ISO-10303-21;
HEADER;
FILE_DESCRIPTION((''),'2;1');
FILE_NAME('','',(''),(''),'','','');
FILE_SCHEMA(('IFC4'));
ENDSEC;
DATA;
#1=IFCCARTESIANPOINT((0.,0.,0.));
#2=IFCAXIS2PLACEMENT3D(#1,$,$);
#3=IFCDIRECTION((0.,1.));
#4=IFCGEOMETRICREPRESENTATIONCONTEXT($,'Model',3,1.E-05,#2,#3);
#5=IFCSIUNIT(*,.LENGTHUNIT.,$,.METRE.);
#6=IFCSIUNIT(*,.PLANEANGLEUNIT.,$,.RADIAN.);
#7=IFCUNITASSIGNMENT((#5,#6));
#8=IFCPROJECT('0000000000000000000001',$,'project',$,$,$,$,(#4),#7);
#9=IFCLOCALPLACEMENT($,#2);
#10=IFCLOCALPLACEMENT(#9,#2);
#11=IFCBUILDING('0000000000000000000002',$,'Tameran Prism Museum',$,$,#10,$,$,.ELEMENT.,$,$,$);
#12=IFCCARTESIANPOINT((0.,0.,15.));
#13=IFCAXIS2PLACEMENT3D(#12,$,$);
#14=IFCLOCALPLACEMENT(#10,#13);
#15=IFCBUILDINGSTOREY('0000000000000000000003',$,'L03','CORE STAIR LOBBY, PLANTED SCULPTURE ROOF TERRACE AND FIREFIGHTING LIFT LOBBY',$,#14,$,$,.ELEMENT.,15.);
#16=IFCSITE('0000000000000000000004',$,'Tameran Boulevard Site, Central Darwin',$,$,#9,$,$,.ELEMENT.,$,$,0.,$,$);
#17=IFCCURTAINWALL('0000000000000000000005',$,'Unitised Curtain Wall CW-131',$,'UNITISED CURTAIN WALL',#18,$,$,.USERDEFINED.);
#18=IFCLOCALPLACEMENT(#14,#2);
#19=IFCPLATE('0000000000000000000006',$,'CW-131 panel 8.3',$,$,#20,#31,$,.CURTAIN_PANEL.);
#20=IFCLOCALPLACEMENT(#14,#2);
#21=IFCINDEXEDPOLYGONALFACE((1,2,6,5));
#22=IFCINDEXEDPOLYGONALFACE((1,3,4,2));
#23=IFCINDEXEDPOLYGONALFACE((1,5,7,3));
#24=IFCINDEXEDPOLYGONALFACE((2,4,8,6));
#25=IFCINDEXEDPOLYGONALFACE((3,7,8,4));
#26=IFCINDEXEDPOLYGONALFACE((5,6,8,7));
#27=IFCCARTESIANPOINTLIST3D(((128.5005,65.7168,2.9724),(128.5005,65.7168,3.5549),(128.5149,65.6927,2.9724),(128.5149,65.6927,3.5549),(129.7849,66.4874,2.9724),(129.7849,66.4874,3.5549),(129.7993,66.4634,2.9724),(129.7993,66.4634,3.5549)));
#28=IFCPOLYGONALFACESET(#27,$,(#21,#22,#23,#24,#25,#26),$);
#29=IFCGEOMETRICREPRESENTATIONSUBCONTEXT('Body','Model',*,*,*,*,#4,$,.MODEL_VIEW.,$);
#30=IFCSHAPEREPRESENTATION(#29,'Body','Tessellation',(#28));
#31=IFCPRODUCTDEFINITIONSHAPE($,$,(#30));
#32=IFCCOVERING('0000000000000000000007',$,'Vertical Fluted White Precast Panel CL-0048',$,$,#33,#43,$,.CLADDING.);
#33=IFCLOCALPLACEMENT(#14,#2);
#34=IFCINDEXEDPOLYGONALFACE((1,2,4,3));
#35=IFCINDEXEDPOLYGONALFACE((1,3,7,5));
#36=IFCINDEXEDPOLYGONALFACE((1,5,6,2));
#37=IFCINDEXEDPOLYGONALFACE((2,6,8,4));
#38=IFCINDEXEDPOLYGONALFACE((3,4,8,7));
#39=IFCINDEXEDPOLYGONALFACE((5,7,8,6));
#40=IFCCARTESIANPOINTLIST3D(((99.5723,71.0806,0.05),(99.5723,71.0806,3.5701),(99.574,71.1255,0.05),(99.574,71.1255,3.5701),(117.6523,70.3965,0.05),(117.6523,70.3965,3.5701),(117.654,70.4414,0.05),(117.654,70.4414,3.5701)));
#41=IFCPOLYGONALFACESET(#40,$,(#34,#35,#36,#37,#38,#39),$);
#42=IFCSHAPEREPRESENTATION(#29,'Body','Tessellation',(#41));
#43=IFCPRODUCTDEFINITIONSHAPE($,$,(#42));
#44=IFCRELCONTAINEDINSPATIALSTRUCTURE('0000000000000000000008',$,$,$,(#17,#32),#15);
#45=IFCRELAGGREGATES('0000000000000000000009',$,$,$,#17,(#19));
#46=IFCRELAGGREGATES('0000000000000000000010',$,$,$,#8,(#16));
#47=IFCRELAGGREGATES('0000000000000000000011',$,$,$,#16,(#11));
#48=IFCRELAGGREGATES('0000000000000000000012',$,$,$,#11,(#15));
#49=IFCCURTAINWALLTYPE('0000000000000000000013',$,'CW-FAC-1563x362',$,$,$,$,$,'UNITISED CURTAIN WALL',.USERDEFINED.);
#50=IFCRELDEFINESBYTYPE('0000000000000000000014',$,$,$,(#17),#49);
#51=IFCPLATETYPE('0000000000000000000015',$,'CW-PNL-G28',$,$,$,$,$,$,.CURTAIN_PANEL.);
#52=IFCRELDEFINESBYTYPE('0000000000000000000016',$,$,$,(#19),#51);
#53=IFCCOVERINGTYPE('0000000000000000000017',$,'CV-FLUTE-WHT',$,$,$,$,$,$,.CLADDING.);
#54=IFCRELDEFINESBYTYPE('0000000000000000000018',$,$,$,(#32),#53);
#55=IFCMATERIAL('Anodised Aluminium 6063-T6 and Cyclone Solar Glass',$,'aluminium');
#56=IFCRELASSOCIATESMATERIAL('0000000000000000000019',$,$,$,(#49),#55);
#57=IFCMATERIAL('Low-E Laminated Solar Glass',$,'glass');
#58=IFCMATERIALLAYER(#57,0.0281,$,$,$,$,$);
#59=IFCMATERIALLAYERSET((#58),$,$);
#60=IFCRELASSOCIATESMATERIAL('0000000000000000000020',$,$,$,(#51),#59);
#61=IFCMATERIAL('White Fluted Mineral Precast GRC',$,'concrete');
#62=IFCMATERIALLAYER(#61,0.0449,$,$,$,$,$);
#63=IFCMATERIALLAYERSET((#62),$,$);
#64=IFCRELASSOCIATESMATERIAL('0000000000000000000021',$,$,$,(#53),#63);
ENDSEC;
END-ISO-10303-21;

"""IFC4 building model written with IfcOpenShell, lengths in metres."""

from ifc_helpers import new_model, si_unit, direction, frame, frame_2d, origin, origin_2d, place, context, subcontext, project, spatial, rectangle, extrude, material, layer, layer_set, type_object, element, aggregate, save


model = new_model("IFC4")

# Units and contexts
model_context = context("Model", 3, precision=1e-05, world=origin(), true_north=direction((0.0, 1.0)))
body_context = subcontext(model_context, "Body", "Model", "MODEL_VIEW")
ifc_project = project(units=[si_unit("LENGTHUNIT", "METRE"), si_unit("PLANEANGLEUNIT", "RADIAN")], contexts=[model_context])

# Site, building, storey
site_placement = place(None, origin())
site = spatial("IfcSite", under=ifc_project, at=site_placement, Name="Tameran Boulevard Site, Central Darwin", CompositionType="ELEMENT", RefElevation=0.0)
building_placement = place(site_placement, origin())
building = spatial("IfcBuilding", under=site, at=building_placement, Name="Tameran Prism Museum", CompositionType="ELEMENT")
storey_placement = place(building_placement, frame((0.0, 0.0, 15.0)))
storey = spatial("IfcBuildingStorey", under=building, at=storey_placement, Name="L03", Description="CORE STAIR LOBBY, PLANTED SCULPTURE ROOF TERRACE AND FIREFIGHTING LIFT LOBBY", CompositionType="ELEMENT", Elevation=15.0)

# Curtain wall, plate
ifc_material_1 = material(Name="Anodised Aluminium 6063-T6 and Cyclone Solar Glass", Category="aluminium")
curtain_wall_type = type_object("IfcCurtainWallType", Name="CW-FAC-1563x362", ElementType="UNITISED CURTAIN WALL", PredefinedType="USERDEFINED", material=ifc_material_1)
curtain_wall_placement = place(storey_placement, origin())
curtain_wall = element("IfcCurtainWall", 1, at=curtain_wall_placement, inside=storey, type_object=curtain_wall_type, Name="Unitised Curtain Wall CW-131", ObjectType="UNITISED CURTAIN WALL", PredefinedType="USERDEFINED")
ifc_material_2 = material(Name="Low-E Laminated Solar Glass", Category="glass")
ifc_layer_1 = layer(ifc_material_2, 0.0281)
ifc_layer_set_1 = layer_set([ifc_layer_1])
plate_type = type_object("IfcPlateType", Name="CW-PNL-G28", PredefinedType="CURTAIN_PANEL", material=ifc_layer_set_1)
plate_1_placement = place(storey_placement, frame((129.1499, 66.0901, 2.9724), z_axis=(0.0, 0.0, 1.0), x_axis=(-0.857493, -0.514496, 0.0)))
plate_1 = element("IfcPlate", 2, at=plate_1_placement, type_object=plate_type, Name="CW-131 panel 8.3", PredefinedType="CURTAIN_PANEL", context=body_context, shape_type="SweptSolid", body=[
    extrude(rectangle(XDim=1.4978, YDim=0.0281, at=origin_2d()), origin(), (0.0, 0.0, 1.0), 0.5825),
])
aggregate(curtain_wall, [plate_1])

# Covering
ifc_material_3 = material(Name="White Fluted Mineral Precast GRC", Category="concrete")
ifc_layer_2 = layer(ifc_material_3, 0.0449)
ifc_layer_set_2 = layer_set([ifc_layer_2])
covering_type = type_object("IfcCoveringType", Name="CV-FLUTE-WHT", PredefinedType="CLADDING", material=ifc_layer_set_2)
covering_placement = place(storey_placement, frame((117.6531, 70.4189, 0.05), z_axis=(0.0, 0.0, 1.0), x_axis=(-0.999285, 0.037809, 0.0)))
element("IfcCovering", 3, at=covering_placement, inside=storey, type_object=covering_type, Name="Vertical Fluted White Precast Panel CL-0048", PredefinedType="CLADDING", context=body_context, shape_type="SweptSolid", body=[
    extrude(rectangle(XDim=18.093, YDim=0.0449, at=frame_2d((9.0464, 0.0))), origin(), (0.0, 0.0, 1.0), 3.52),
])

save(model, "model.ifc")
